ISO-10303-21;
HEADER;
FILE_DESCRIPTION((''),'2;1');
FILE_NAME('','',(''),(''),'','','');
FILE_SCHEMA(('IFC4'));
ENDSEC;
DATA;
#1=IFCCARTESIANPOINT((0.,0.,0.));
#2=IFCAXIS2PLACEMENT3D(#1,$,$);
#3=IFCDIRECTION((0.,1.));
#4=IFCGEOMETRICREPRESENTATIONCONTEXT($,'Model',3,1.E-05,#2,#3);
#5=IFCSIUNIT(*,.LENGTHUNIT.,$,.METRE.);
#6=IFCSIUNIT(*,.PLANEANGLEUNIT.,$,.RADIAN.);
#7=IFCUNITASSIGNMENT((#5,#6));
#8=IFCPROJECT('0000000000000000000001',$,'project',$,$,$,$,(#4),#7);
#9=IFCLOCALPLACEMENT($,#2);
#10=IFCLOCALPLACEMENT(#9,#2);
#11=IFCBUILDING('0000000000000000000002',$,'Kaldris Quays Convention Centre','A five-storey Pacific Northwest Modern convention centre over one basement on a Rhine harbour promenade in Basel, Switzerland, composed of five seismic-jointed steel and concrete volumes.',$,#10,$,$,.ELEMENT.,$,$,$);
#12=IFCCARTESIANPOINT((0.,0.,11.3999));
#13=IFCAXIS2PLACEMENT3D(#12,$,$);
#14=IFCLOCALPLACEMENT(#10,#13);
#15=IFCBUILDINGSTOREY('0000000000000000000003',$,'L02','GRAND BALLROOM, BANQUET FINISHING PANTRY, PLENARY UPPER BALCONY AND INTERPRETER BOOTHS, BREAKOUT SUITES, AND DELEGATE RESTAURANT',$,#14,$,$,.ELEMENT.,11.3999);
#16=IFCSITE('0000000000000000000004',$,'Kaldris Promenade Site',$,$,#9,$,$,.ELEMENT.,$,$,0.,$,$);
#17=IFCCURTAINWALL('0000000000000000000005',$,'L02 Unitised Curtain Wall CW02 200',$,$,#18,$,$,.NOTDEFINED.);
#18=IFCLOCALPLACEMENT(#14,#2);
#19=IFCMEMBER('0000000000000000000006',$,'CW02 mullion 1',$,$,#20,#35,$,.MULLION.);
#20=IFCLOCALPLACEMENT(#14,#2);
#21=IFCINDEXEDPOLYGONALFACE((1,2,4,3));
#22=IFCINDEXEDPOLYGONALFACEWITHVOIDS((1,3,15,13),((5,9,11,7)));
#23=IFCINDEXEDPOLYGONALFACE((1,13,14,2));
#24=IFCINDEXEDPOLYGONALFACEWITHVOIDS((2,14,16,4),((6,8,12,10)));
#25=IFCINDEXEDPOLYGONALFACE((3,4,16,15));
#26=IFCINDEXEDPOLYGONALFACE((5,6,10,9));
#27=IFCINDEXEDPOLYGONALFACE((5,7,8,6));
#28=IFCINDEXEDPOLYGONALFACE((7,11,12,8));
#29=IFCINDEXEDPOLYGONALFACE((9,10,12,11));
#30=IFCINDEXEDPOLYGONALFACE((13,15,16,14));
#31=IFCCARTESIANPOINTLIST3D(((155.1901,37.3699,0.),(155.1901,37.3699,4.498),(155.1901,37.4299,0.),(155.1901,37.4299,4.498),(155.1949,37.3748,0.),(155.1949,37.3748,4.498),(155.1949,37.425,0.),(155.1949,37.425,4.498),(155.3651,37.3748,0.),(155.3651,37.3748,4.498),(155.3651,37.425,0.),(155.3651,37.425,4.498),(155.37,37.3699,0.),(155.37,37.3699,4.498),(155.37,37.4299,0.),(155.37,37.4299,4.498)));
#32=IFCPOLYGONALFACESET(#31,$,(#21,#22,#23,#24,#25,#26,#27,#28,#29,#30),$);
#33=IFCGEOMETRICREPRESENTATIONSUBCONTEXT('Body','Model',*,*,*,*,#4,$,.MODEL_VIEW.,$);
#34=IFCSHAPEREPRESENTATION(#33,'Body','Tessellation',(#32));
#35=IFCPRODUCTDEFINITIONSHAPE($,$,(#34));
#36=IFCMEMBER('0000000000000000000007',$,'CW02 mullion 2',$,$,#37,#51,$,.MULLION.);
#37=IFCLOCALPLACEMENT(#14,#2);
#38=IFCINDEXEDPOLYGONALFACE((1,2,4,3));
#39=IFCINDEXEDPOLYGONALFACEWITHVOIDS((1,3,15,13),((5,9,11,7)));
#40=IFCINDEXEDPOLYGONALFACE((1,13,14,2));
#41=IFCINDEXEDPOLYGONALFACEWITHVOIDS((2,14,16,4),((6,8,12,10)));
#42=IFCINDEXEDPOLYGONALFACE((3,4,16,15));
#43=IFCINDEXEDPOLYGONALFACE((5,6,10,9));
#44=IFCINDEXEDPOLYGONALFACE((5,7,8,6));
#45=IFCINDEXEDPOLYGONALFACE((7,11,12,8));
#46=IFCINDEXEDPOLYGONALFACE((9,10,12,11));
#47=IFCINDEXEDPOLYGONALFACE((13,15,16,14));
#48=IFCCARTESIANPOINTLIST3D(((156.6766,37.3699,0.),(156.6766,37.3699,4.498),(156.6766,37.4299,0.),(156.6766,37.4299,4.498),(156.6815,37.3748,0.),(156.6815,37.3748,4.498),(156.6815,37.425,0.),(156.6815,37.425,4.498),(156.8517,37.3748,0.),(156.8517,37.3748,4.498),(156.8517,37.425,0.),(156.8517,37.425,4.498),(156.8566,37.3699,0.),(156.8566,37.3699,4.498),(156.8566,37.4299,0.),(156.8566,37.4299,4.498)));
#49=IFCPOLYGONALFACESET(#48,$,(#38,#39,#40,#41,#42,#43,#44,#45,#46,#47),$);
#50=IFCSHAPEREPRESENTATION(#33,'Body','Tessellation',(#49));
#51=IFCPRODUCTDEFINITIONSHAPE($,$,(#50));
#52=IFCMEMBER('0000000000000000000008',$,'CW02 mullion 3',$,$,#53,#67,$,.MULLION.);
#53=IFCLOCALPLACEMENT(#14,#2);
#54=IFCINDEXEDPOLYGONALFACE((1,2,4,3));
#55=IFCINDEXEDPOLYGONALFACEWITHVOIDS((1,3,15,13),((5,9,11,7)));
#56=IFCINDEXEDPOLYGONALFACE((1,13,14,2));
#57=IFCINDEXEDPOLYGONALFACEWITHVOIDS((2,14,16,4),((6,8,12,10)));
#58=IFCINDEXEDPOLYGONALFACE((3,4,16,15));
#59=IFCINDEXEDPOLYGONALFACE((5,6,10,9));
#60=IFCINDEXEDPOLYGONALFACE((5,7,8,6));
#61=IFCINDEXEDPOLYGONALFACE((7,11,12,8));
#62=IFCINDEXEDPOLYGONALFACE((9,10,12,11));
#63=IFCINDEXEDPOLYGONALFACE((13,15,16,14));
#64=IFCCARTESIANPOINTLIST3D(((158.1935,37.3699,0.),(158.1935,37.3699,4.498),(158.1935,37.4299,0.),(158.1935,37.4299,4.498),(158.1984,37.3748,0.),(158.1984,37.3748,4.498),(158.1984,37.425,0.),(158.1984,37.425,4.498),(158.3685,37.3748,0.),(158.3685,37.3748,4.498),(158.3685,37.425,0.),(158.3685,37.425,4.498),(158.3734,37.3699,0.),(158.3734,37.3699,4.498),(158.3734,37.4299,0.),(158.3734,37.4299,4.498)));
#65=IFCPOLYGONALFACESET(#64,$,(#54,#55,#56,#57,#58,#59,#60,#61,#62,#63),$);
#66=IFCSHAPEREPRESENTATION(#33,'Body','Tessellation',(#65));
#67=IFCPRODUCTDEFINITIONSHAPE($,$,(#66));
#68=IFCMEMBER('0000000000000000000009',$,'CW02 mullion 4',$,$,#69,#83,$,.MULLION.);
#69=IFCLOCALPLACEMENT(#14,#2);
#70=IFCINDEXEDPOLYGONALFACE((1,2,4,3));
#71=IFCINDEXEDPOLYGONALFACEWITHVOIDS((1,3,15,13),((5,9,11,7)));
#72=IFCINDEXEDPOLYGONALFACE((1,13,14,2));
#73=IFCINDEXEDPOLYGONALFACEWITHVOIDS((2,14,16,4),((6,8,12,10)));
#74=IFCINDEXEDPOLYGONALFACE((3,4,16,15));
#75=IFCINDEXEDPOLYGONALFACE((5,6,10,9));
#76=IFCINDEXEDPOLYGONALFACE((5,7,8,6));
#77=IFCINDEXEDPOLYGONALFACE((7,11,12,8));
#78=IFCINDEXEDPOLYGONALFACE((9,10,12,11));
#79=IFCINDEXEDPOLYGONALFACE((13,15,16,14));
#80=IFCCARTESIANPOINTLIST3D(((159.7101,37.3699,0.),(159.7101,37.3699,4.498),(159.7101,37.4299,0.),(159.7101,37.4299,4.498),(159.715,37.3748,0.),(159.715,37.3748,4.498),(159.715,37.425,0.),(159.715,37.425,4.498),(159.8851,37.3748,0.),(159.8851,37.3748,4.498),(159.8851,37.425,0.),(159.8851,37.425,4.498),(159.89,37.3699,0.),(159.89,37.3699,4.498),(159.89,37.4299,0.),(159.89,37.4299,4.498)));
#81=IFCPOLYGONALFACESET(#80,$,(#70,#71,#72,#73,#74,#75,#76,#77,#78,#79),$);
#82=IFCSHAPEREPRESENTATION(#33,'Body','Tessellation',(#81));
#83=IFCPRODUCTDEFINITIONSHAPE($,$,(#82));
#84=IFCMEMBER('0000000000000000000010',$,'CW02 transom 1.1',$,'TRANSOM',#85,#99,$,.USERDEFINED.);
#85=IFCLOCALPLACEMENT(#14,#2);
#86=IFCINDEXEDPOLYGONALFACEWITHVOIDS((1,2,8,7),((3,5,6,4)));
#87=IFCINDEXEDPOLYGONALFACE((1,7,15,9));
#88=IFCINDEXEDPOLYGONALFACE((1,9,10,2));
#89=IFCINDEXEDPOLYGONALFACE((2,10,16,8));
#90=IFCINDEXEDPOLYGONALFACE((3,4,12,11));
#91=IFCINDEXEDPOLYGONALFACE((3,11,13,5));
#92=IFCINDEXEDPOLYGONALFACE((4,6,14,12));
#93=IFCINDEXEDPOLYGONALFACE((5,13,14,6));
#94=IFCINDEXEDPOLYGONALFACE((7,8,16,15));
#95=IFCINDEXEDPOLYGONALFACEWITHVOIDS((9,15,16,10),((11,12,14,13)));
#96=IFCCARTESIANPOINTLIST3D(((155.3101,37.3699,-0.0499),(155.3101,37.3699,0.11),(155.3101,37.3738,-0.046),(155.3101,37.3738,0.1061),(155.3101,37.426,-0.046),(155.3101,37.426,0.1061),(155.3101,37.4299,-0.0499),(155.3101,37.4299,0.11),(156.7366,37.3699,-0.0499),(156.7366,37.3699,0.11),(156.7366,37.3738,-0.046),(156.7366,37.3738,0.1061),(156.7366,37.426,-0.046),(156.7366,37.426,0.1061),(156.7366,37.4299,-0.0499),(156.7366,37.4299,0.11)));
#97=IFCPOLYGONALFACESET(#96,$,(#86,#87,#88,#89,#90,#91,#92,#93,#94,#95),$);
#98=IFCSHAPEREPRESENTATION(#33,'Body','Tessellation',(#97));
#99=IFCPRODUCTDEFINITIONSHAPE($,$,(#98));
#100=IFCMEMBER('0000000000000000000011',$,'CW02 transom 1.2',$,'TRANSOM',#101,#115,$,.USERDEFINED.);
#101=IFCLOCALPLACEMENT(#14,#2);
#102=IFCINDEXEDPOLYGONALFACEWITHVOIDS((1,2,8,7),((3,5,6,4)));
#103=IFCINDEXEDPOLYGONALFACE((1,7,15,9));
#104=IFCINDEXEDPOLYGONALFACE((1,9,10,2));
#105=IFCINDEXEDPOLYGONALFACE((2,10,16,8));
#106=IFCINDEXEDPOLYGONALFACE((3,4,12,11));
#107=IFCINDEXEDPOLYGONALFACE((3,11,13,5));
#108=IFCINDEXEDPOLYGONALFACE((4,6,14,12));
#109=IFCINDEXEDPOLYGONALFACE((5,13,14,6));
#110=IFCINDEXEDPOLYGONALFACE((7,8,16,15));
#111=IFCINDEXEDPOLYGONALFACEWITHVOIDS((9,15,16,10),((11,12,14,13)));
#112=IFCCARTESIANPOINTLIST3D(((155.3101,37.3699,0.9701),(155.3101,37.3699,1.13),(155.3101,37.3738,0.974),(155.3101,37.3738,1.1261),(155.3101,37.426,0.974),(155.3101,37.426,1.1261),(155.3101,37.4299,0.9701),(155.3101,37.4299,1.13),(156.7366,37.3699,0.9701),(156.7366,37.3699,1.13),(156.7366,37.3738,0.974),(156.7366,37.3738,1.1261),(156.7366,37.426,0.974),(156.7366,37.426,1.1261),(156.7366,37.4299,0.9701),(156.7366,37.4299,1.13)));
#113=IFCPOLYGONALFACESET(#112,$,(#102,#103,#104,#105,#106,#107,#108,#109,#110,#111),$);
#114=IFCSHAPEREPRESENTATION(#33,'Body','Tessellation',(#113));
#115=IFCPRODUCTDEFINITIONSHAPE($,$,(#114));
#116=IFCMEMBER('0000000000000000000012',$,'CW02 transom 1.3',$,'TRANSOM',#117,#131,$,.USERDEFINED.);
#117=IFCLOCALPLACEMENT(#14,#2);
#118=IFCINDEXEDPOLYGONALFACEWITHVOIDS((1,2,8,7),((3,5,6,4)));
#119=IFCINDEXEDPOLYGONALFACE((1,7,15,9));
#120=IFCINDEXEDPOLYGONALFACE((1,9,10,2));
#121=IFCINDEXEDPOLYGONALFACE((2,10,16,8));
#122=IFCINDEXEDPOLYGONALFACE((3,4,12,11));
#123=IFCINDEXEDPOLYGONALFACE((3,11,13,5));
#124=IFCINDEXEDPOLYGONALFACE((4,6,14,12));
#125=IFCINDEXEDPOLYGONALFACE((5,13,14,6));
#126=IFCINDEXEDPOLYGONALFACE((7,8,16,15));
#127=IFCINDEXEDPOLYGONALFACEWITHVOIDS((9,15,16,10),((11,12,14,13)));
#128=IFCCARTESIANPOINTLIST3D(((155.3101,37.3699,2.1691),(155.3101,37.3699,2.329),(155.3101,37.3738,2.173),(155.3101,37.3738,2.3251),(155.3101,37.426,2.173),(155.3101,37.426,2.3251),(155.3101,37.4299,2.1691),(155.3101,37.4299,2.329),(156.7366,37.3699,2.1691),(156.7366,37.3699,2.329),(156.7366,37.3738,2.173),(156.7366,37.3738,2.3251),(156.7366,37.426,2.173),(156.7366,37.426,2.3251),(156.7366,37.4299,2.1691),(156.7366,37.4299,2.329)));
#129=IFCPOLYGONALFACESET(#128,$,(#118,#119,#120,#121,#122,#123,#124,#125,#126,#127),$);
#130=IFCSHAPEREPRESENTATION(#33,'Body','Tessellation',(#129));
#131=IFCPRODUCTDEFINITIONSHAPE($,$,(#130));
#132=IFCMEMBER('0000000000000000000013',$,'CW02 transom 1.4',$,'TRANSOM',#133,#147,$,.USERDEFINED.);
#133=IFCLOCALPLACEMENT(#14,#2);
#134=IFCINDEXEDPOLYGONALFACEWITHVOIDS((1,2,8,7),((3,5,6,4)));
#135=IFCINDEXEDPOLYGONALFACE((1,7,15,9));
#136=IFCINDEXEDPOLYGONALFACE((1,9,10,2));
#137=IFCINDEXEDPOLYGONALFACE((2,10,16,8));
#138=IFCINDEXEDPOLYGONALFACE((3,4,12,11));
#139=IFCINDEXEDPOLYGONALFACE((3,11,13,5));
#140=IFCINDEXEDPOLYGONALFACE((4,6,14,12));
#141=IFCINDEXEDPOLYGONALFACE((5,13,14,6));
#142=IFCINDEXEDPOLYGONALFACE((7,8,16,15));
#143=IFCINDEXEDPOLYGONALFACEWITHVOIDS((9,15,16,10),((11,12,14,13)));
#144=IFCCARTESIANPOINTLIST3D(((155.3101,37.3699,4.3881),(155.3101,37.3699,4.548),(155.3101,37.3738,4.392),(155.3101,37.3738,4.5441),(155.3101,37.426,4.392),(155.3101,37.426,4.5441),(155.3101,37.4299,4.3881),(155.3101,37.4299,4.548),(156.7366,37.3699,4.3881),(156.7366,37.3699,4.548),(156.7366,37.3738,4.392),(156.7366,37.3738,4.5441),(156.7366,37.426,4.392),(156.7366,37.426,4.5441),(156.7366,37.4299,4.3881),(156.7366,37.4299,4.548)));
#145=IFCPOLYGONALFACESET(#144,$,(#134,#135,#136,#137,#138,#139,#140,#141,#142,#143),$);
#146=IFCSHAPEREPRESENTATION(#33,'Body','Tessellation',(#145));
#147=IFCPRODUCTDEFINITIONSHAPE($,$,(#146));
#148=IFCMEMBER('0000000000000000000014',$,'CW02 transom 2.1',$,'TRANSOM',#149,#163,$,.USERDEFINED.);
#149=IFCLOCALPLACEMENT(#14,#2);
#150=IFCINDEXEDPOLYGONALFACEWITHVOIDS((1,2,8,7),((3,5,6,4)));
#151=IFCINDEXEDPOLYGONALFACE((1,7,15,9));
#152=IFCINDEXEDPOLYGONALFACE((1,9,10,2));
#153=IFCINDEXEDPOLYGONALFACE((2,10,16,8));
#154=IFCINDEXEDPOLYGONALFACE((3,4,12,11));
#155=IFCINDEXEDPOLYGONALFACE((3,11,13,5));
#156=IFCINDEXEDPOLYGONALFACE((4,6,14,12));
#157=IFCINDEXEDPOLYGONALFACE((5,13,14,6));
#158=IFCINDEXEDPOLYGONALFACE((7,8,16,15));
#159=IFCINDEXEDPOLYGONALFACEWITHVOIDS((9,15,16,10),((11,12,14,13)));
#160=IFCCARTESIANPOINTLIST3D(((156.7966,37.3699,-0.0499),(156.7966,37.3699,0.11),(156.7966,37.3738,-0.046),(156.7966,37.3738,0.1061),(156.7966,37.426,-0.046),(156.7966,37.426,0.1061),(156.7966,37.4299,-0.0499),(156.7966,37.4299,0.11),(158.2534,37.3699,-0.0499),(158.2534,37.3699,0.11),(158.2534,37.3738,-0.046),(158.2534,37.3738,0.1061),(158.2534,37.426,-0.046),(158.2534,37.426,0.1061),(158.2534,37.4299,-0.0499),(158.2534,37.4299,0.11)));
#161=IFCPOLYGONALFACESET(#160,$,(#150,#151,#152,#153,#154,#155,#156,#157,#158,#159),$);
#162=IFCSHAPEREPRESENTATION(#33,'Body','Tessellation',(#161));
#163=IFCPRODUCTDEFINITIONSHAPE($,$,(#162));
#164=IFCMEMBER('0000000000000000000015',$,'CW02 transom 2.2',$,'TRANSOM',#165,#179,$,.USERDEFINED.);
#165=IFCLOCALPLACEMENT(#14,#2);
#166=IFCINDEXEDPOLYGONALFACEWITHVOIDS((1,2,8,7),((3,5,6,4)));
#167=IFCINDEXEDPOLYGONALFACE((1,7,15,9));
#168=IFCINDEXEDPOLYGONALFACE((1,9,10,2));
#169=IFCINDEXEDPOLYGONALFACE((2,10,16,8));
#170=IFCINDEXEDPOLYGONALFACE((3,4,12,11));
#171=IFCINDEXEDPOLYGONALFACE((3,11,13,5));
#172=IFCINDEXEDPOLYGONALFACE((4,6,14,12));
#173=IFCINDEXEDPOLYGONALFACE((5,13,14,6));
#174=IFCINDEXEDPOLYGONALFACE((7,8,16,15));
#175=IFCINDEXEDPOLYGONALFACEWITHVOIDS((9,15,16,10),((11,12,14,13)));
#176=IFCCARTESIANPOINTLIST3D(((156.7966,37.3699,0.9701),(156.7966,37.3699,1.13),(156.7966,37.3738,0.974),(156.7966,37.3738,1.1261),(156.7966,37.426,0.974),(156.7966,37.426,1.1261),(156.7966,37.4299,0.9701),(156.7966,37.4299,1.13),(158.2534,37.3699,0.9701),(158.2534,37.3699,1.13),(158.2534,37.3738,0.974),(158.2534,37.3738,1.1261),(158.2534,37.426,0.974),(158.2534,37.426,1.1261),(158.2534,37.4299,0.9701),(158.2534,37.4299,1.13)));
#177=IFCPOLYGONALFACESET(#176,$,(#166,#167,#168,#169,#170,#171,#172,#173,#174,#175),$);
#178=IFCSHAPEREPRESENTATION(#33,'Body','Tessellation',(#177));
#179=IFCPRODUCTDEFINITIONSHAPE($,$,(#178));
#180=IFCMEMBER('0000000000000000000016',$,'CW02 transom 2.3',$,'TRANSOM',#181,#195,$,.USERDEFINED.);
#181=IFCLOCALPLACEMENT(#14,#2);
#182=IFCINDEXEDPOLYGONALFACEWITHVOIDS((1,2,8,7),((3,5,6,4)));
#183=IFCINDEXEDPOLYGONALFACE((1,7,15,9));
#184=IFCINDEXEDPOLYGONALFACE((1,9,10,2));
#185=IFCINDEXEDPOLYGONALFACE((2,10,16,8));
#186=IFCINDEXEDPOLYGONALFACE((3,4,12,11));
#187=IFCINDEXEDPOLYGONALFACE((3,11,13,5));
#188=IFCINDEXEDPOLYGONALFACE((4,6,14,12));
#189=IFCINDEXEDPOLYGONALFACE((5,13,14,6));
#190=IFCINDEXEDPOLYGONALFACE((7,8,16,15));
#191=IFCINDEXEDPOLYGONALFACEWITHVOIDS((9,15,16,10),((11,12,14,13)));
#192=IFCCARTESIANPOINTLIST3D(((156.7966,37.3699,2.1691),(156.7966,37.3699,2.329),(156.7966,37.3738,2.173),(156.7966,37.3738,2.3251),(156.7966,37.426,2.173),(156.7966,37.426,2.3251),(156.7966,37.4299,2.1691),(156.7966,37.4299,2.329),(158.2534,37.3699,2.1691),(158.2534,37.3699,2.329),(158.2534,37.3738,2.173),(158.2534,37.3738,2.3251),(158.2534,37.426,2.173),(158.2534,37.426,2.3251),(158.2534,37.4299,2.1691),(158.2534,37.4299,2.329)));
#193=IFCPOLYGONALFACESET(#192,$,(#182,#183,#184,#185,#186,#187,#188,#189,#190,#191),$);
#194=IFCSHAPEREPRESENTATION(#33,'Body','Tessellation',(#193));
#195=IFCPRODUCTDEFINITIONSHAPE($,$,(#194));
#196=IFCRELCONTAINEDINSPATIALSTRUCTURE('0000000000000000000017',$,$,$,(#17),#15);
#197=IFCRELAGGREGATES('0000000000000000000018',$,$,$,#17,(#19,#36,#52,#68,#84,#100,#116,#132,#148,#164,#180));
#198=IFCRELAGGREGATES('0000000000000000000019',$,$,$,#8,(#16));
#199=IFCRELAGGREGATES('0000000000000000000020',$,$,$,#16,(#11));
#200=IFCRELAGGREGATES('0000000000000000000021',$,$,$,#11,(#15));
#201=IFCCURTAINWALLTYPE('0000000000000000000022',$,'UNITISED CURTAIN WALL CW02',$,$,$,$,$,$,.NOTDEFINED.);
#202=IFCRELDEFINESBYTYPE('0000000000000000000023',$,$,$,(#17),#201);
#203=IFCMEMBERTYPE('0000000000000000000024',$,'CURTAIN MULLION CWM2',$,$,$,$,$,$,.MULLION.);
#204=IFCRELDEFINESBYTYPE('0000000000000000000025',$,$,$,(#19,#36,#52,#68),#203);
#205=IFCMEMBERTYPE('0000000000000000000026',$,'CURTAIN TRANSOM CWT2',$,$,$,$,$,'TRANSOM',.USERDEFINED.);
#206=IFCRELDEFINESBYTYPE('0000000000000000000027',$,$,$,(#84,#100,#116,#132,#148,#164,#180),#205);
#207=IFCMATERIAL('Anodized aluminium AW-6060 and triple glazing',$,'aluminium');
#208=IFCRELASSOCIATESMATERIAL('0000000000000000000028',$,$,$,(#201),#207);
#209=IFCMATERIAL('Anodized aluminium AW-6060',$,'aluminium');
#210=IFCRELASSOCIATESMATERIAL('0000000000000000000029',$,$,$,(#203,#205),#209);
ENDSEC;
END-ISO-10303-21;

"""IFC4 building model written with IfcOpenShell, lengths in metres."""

from ifc_helpers import new_model, si_unit, direction, frame, origin, origin_2d, place, context, subcontext, project, spatial, hollow_rectangle, extrude, material, material_profile, profile_set, type_object, element, aggregate, save


model = new_model("IFC4")

# Units and contexts
model_context = context("Model", 3, precision=1e-05, world=origin(), true_north=direction((0.0, 1.0)))
body_context = subcontext(model_context, "Body", "Model", "MODEL_VIEW")
ifc_project = project(units=[si_unit("LENGTHUNIT", "METRE"), si_unit("PLANEANGLEUNIT", "RADIAN")], contexts=[model_context])

# Site, building, storey
site_placement = place(None, origin())
site = spatial("IfcSite", under=ifc_project, at=site_placement, Name="Kaldris Promenade Site", CompositionType="ELEMENT", RefElevation=0.0)
building_placement = place(site_placement, origin())
building = spatial("IfcBuilding", under=site, at=building_placement, Name="Kaldris Quays Convention Centre", Description="A five-storey Pacific Northwest Modern convention centre over one basement on a Rhine harbour promenade in Basel, Switzerland, composed of five seismic-jointed steel and concrete volumes.", CompositionType="ELEMENT")
storey_placement = place(building_placement, frame((0.0, 0.0, 11.3999)))
storey = spatial("IfcBuildingStorey", under=building, at=storey_placement, Name="L02", Description="GRAND BALLROOM, BANQUET FINISHING PANTRY, PLENARY UPPER BALCONY AND INTERPRETER BOOTHS, BREAKOUT SUITES, AND DELEGATE RESTAURANT", CompositionType="ELEMENT", Elevation=11.3999)

# Curtain wall, members
ifc_material_1 = material(Name="Anodized aluminium AW-6060 and triple glazing", Category="aluminium")
curtain_wall_type = type_object("IfcCurtainWallType", Name="UNITISED CURTAIN WALL CW02", PredefinedType="NOTDEFINED", material=ifc_material_1)
curtain_wall_placement = place(storey_placement, origin())
curtain_wall = element("IfcCurtainWall", 1, at=curtain_wall_placement, inside=storey, type_object=curtain_wall_type, Name="L02 Unitised Curtain Wall CW02 200", PredefinedType="NOTDEFINED")
ifc_material_2 = material(Name="Anodized aluminium AW-6060", Category="aluminium")
ifc_material_profile_1 = material_profile(ifc_material_2, hollow_rectangle(XDim=0.0601, YDim=0.1799, WallThickness=0.0049, at=origin_2d()), Name="RHS 180x60x5")
ifc_profile_set_1 = profile_set([ifc_material_profile_1], Name="Anodized aluminium AW-6060")
member_type_1 = type_object("IfcMemberType", Name="CURTAIN MULLION CWM2", PredefinedType="MULLION", material=ifc_profile_set_1)
member_1_placement = place(storey_placement, frame((155.28, 37.3999, 0.0), z_axis=(0.0, 0.0, 1.0), x_axis=(0.0, 1.0, 0.0)))
member_1 = element("IfcMember", 2, at=member_1_placement, type_object=member_type_1, Name="CW02 mullion 1", PredefinedType="MULLION", context=body_context, shape_type="SweptSolid", body=[
    extrude(hollow_rectangle(XDim=0.0601, YDim=0.1799, WallThickness=0.0049, at=origin_2d()), origin(), (0.0, 0.0, 1.0), 4.498),
])
member_2_placement = place(storey_placement, frame((156.7666, 37.3999, 0.0), z_axis=(0.0, 0.0, 1.0), x_axis=(0.0, 1.0, 0.0)))
member_2 = element("IfcMember", 3, at=member_2_placement, type_object=member_type_1, Name="CW02 mullion 2", PredefinedType="MULLION", context=body_context, shape_type="SweptSolid", body=[
    extrude(hollow_rectangle(XDim=0.0601, YDim=0.1799, WallThickness=0.0049, at=origin_2d()), origin(), (0.0, 0.0, 1.0), 4.498),
])
member_3_placement = place(storey_placement, frame((158.2834, 37.3999, 0.0), z_axis=(0.0, 0.0, 1.0), x_axis=(0.0, 1.0, 0.0)))
member_3 = element("IfcMember", 4, at=member_3_placement, type_object=member_type_1, Name="CW02 mullion 3", PredefinedType="MULLION", context=body_context, shape_type="SweptSolid", body=[
    extrude(hollow_rectangle(XDim=0.0601, YDim=0.1799, WallThickness=0.0049, at=origin_2d()), origin(), (0.0, 0.0, 1.0), 4.498),
])
member_4_placement = place(storey_placement, frame((159.8, 37.3999, 0.0), z_axis=(0.0, 0.0, 1.0), x_axis=(0.0, 1.0, 0.0)))
member_4 = element("IfcMember", 5, at=member_4_placement, type_object=member_type_1, Name="CW02 mullion 4", PredefinedType="MULLION", context=body_context, shape_type="SweptSolid", body=[
    extrude(hollow_rectangle(XDim=0.0601, YDim=0.1799, WallThickness=0.0049, at=origin_2d()), origin(), (0.0, 0.0, 1.0), 4.498),
])
ifc_material_profile_2 = material_profile(ifc_material_2, hollow_rectangle(XDim=0.0601, YDim=0.1599, WallThickness=0.0039, at=origin_2d()), Name="RHS 160x60x4")
ifc_profile_set_2 = profile_set([ifc_material_profile_2], Name="Anodized aluminium AW-6060")
member_type_2 = type_object("IfcMemberType", Name="CURTAIN TRANSOM CWT2", ElementType="TRANSOM", PredefinedType="USERDEFINED", material=ifc_profile_set_2)
member_5_placement = place(storey_placement, frame((155.3101, 37.3999, 0.03), z_axis=(1.0, 0.0, 0.0), x_axis=(0.0, 1.0, 0.0)))
member_5 = element("IfcMember", 6, at=member_5_placement, type_object=member_type_2, Name="CW02 transom 1.1", ObjectType="TRANSOM", PredefinedType="USERDEFINED", context=body_context, shape_type="SweptSolid", body=[
    extrude(hollow_rectangle(XDim=0.0601, YDim=0.1599, WallThickness=0.0039, at=origin_2d()), origin(), (0.0, 0.0, 1.0), 1.4265),
])
member_6_placement = place(storey_placement, frame((155.3101, 37.3999, 1.05), z_axis=(1.0, 0.0, 0.0), x_axis=(0.0, 1.0, 0.0)))
member_6 = element("IfcMember", 7, at=member_6_placement, type_object=member_type_2, Name="CW02 transom 1.2", ObjectType="TRANSOM", PredefinedType="USERDEFINED", context=body_context, shape_type="SweptSolid", body=[
    extrude(hollow_rectangle(XDim=0.0601, YDim=0.1599, WallThickness=0.0039, at=origin_2d()), origin(), (0.0, 0.0, 1.0), 1.4265),
])
member_7_placement = place(storey_placement, frame((155.3101, 37.3999, 2.249), z_axis=(1.0, 0.0, 0.0), x_axis=(0.0, 1.0, 0.0)))
member_7 = element("IfcMember", 8, at=member_7_placement, type_object=member_type_2, Name="CW02 transom 1.3", ObjectType="TRANSOM", PredefinedType="USERDEFINED", context=body_context, shape_type="SweptSolid", body=[
    extrude(hollow_rectangle(XDim=0.0601, YDim=0.1599, WallThickness=0.0039, at=origin_2d()), origin(), (0.0, 0.0, 1.0), 1.4265),
])
member_8_placement = place(storey_placement, frame((155.3101, 37.3999, 4.468), z_axis=(1.0, 0.0, 0.0), x_axis=(0.0, 1.0, 0.0)))
member_8 = element("IfcMember", 9, at=member_8_placement, type_object=member_type_2, Name="CW02 transom 1.4", ObjectType="TRANSOM", PredefinedType="USERDEFINED", context=body_context, shape_type="SweptSolid", body=[
    extrude(hollow_rectangle(XDim=0.0601, YDim=0.1599, WallThickness=0.0039, at=origin_2d()), origin(), (0.0, 0.0, 1.0), 1.4265),
])
member_9_placement = place(storey_placement, frame((156.7966, 37.3999, 0.03), z_axis=(1.0, 0.0, 0.0), x_axis=(0.0, 1.0, 0.0)))
member_9 = element("IfcMember", 10, at=member_9_placement, type_object=member_type_2, Name="CW02 transom 2.1", ObjectType="TRANSOM", PredefinedType="USERDEFINED", context=body_context, shape_type="SweptSolid", body=[
    extrude(hollow_rectangle(XDim=0.0601, YDim=0.1599, WallThickness=0.0039, at=origin_2d()), origin(), (0.0, 0.0, 1.0), 1.4568),
])
member_10_placement = place(storey_placement, frame((156.7966, 37.3999, 1.05), z_axis=(1.0, 0.0, 0.0), x_axis=(0.0, 1.0, 0.0)))
member_10 = element("IfcMember", 11, at=member_10_placement, type_object=member_type_2, Name="CW02 transom 2.2", ObjectType="TRANSOM", PredefinedType="USERDEFINED", context=body_context, shape_type="SweptSolid", body=[
    extrude(hollow_rectangle(XDim=0.0601, YDim=0.1599, WallThickness=0.0039, at=origin_2d()), origin(), (0.0, 0.0, 1.0), 1.4568),
])
member_11_placement = place(storey_placement, frame((156.7966, 37.3999, 2.249), z_axis=(1.0, 0.0, 0.0), x_axis=(0.0, 1.0, 0.0)))
member_11 = element("IfcMember", 12, at=member_11_placement, type_object=member_type_2, Name="CW02 transom 2.3", ObjectType="TRANSOM", PredefinedType="USERDEFINED", context=body_context, shape_type="SweptSolid", body=[
    extrude(hollow_rectangle(XDim=0.0601, YDim=0.1599, WallThickness=0.0039, at=origin_2d()), origin(), (0.0, 0.0, 1.0), 1.4568),
])

aggregate(curtain_wall, [member_1, member_2, member_3, member_4, member_5, member_6, member_7, member_8, member_9, member_10, member_11])

save(model, "model.ifc")
